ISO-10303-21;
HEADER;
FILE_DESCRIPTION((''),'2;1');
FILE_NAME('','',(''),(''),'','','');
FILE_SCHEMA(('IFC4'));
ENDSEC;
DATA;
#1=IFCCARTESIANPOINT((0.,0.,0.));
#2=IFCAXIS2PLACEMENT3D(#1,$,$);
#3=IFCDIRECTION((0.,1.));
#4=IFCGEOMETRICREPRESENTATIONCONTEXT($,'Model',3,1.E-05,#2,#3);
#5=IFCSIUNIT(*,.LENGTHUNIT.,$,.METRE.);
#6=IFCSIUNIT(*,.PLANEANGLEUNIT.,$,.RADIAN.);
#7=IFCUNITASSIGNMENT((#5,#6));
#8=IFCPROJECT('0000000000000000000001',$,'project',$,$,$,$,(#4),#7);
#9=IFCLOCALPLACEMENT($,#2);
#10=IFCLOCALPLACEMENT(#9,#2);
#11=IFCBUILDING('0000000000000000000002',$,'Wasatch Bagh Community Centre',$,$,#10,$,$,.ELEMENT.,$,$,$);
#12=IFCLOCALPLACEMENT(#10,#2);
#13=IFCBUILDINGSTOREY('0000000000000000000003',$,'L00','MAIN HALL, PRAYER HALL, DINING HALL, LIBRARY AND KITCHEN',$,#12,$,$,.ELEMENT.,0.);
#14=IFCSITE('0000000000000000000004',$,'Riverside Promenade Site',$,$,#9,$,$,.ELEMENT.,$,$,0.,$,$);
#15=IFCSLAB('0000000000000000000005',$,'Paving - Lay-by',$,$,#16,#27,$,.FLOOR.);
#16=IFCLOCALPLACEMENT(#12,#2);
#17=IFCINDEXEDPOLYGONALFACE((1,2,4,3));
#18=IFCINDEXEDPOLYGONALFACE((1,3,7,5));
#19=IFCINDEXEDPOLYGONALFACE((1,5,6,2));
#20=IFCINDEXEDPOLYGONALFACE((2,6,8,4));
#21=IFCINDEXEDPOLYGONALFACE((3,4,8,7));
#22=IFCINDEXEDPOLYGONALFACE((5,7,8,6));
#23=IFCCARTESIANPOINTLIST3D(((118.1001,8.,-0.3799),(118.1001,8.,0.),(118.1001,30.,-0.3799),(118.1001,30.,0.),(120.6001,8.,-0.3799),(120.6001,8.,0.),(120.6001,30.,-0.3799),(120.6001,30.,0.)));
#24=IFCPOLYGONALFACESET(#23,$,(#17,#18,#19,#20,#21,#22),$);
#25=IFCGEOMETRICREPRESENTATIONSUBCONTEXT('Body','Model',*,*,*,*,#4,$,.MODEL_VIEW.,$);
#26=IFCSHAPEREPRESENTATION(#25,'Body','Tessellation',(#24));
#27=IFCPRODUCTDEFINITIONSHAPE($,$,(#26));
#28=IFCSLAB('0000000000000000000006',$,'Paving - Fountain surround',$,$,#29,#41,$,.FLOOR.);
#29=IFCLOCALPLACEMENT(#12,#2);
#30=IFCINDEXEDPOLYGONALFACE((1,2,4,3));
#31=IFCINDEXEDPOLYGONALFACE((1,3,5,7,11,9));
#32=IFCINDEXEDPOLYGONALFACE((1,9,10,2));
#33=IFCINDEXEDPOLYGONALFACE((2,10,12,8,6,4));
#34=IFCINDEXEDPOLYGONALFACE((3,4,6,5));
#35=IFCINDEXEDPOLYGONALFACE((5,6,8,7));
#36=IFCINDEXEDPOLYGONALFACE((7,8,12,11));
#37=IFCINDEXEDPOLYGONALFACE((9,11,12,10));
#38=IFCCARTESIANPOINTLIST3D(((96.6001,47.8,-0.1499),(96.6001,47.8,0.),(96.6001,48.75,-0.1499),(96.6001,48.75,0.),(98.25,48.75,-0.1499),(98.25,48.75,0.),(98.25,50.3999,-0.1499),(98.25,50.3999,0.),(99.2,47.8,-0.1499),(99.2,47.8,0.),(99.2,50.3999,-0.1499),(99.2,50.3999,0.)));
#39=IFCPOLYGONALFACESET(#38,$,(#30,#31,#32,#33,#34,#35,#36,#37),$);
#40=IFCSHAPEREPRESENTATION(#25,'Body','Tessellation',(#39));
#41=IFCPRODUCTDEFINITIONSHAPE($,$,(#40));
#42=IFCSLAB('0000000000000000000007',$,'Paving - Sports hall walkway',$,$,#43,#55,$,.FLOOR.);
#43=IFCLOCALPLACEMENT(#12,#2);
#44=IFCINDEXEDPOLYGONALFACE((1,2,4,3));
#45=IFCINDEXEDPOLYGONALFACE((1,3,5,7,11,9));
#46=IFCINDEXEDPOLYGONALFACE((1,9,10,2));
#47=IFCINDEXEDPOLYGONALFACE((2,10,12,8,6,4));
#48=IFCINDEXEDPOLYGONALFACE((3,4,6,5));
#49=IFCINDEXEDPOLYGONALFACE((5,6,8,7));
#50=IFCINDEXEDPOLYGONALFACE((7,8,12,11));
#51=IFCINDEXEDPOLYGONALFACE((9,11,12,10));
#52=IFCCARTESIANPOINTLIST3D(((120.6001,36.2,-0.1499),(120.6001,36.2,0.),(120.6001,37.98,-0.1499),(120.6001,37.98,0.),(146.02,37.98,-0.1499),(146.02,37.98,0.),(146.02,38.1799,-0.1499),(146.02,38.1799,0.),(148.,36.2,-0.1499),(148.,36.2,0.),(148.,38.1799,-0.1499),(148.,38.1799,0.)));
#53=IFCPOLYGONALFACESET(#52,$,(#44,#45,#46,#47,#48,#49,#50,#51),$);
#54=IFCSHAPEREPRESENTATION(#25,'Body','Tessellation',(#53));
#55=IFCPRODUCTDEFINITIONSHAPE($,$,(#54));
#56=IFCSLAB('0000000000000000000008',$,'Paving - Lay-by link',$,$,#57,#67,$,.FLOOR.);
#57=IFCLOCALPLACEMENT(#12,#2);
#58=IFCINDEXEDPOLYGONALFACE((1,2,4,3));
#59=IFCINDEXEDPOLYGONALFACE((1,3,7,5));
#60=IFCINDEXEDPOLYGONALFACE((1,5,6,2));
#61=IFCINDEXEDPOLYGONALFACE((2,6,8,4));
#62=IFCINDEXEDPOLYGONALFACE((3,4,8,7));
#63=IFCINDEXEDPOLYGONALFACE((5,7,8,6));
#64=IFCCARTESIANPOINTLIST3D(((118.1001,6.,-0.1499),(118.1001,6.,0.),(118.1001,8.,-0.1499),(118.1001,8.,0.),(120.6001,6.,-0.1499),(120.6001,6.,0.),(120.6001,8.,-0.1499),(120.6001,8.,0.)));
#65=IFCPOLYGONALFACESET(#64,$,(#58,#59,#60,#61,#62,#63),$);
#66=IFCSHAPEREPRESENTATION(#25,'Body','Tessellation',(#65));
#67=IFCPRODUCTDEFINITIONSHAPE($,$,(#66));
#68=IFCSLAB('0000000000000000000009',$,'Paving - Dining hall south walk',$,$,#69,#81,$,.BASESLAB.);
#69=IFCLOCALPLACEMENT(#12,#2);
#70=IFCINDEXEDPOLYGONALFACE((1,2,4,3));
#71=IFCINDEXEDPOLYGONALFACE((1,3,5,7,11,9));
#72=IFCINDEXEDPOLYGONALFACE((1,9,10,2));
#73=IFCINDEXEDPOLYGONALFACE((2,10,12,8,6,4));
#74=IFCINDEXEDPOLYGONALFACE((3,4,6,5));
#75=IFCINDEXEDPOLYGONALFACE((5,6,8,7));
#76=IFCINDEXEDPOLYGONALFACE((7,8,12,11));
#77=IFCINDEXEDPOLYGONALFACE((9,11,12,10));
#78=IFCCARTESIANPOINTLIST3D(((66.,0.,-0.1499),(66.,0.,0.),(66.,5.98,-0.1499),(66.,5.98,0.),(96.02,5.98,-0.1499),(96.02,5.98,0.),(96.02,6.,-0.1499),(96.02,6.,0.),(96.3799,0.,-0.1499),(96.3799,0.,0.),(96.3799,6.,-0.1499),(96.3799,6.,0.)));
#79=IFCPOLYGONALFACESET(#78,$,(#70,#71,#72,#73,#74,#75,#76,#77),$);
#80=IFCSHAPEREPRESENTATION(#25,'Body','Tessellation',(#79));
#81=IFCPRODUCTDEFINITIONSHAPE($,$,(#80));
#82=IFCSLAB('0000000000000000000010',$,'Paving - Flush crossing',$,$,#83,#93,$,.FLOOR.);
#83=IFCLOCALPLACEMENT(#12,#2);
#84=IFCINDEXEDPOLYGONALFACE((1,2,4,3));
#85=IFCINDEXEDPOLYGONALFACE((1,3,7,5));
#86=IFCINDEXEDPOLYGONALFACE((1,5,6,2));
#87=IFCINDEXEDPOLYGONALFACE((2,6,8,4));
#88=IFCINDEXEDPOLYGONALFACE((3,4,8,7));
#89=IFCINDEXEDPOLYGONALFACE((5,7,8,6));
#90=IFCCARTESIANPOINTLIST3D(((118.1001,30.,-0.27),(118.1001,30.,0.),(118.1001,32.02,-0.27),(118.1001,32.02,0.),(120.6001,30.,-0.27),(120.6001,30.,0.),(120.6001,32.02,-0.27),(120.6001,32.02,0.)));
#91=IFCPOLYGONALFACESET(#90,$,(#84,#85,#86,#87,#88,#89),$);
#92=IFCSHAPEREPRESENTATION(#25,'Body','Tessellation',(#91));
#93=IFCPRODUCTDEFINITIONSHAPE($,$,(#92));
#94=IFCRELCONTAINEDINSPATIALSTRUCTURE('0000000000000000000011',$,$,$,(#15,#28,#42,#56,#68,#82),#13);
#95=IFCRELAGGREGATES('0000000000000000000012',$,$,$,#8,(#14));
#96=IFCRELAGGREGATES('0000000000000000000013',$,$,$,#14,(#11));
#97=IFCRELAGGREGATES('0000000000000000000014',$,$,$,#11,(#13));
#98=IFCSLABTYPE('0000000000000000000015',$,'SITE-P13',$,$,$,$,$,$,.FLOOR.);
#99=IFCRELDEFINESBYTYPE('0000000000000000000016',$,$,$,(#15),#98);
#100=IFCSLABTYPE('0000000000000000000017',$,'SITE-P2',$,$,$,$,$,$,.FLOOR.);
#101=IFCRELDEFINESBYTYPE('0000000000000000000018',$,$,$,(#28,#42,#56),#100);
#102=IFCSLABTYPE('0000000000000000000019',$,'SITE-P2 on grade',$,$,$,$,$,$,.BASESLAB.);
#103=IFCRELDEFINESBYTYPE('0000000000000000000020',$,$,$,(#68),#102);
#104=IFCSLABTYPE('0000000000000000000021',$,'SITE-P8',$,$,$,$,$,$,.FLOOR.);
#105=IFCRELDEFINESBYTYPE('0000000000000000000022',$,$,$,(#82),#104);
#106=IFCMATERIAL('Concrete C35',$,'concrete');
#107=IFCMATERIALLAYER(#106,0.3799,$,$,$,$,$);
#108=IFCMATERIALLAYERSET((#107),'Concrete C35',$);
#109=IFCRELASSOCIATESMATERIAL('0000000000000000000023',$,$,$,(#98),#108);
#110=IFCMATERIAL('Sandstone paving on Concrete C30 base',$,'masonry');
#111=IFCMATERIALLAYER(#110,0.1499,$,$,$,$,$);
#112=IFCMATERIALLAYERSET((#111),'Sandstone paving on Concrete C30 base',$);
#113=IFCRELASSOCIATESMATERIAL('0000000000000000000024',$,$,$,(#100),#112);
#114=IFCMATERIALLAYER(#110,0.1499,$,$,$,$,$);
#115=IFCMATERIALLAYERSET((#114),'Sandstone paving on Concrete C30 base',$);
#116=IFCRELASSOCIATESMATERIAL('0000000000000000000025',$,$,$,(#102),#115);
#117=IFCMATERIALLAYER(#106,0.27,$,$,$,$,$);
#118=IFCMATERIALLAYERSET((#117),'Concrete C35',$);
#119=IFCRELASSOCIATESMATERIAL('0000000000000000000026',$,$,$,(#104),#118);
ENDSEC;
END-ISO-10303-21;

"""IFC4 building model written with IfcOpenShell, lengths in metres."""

from ifc_helpers import new_model, si_unit, direction, frame, origin, place, context, subcontext, project, spatial, polyline, outline, extrude, material, layer, layer_set, type_object, element, save


model = new_model("IFC4")

# Units and contexts
model_context = context("Model", 3, precision=1e-05, world=origin(), true_north=direction((0.0, 1.0)))
body_context = subcontext(model_context, "Body", "Model", "MODEL_VIEW")
ifc_project = project(units=[si_unit("LENGTHUNIT", "METRE"), si_unit("PLANEANGLEUNIT", "RADIAN")], contexts=[model_context])

# Site, building, storey
site_placement = place(None, origin())
site = spatial("IfcSite", under=ifc_project, at=site_placement, Name="Riverside Promenade Site", CompositionType="ELEMENT", RefElevation=0.0)
building_placement = place(site_placement, origin())
building = spatial("IfcBuilding", under=site, at=building_placement, Name="Wasatch Bagh Community Centre", CompositionType="ELEMENT")
storey_placement = place(building_placement, origin())
storey = spatial("IfcBuildingStorey", under=building, at=storey_placement, Name="L00", Description="MAIN HALL, PRAYER HALL, DINING HALL, LIBRARY AND KITCHEN", CompositionType="ELEMENT", Elevation=0.0)

# Slabs
ifc_material_1 = material(Name="Concrete C35", Category="concrete")
ifc_layer_1 = layer(ifc_material_1, 0.3799)
ifc_layer_set_1 = layer_set([ifc_layer_1], Name="Concrete C35")
slab_type_1 = type_object("IfcSlabType", Name="SITE-P13", PredefinedType="FLOOR", material=ifc_layer_set_1)
slab_1_placement = place(storey_placement, frame((0.0, 0.0, -0.3799)))
element("IfcSlab", 1, at=slab_1_placement, inside=storey, type_object=slab_type_1, Name="Paving - Lay-by", PredefinedType="FLOOR", context=body_context, shape_type="SweptSolid", body=[
    extrude(outline(polyline([(118.1001, 30.0), (120.6001, 30.0), (120.6001, 8.0), (118.1001, 8.0), (118.1001, 30.0)])), origin(), (0.0, 0.0, 1.0), 0.3799),
])
ifc_material_2 = material(Name="Sandstone paving on Concrete C30 base", Category="masonry")
ifc_layer_2 = layer(ifc_material_2, 0.1499)
ifc_layer_set_2 = layer_set([ifc_layer_2], Name="Sandstone paving on Concrete C30 base")
slab_type_2 = type_object("IfcSlabType", Name="SITE-P2", PredefinedType="FLOOR", material=ifc_layer_set_2)
slab_2_placement = place(storey_placement, frame((0.0, 0.0, -0.1499)))
element("IfcSlab", 2, at=slab_2_placement, inside=storey, type_object=slab_type_2, Name="Paving - Fountain surround", PredefinedType="FLOOR", context=body_context, shape_type="SweptSolid", body=[
    extrude(outline(polyline([(99.2, 47.8), (96.6001, 47.8), (96.6001, 48.75), (98.25, 48.75), (98.25, 50.3999), (99.2, 50.3999), (99.2, 47.8)])), origin(), (0.0, 0.0, 1.0), 0.1499),
])
slab_3_placement = place(storey_placement, frame((0.0, 0.0, -0.1499)))
element("IfcSlab", 3, at=slab_3_placement, inside=storey, type_object=slab_type_2, Name="Paving - Sports hall walkway", PredefinedType="FLOOR", context=body_context, shape_type="SweptSolid", body=[
    extrude(outline(polyline([(148.0, 36.2), (120.6001, 36.2), (120.6001, 37.98), (146.02, 37.98), (146.02, 38.1799), (148.0, 38.1799), (148.0, 36.2)])), origin(), (0.0, 0.0, 1.0), 0.1499),
])
slab_4_placement = place(storey_placement, frame((0.0, 0.0, -0.1499)))
element("IfcSlab", 4, at=slab_4_placement, inside=storey, type_object=slab_type_2, Name="Paving - Lay-by link", PredefinedType="FLOOR", context=body_context, shape_type="SweptSolid", body=[
    extrude(outline(polyline([(118.1001, 8.0), (120.6001, 8.0), (120.6001, 6.0), (118.1001, 6.0), (118.1001, 8.0)])), origin(), (0.0, 0.0, 1.0), 0.1499),
])
ifc_layer_3 = layer(ifc_material_2, 0.1499)
ifc_layer_set_3 = layer_set([ifc_layer_3], Name="Sandstone paving on Concrete C30 base")
slab_type_3 = type_object("IfcSlabType", Name="SITE-P2 on grade", PredefinedType="BASESLAB", material=ifc_layer_set_3)
slab_5_placement = place(storey_placement, frame((0.0, 0.0, -0.1499)))
element("IfcSlab", 5, at=slab_5_placement, inside=storey, type_object=slab_type_3, Name="Paving - Dining hall south walk", PredefinedType="BASESLAB", context=body_context, shape_type="SweptSolid", body=[
    extrude(outline(polyline([(66.0, 0.0), (66.0, 5.98), (96.02, 5.98), (96.02, 6.0), (96.3799, 6.0), (96.3799, 0.0), (66.0, 0.0)])), origin(), (0.0, 0.0, 1.0), 0.1499),
])
ifc_layer_4 = layer(ifc_material_1, 0.27)
ifc_layer_set_4 = layer_set([ifc_layer_4], Name="Concrete C35")
slab_type_4 = type_object("IfcSlabType", Name="SITE-P8", PredefinedType="FLOOR", material=ifc_layer_set_4)
slab_6_placement = place(storey_placement, frame((0.0, 0.0, -0.27)))
element("IfcSlab", 6, at=slab_6_placement, inside=storey, type_object=slab_type_4, Name="Paving - Flush crossing", PredefinedType="FLOOR", context=body_context, shape_type="SweptSolid", body=[
    extrude(outline(polyline([(118.1001, 32.02), (120.6001, 32.02), (120.6001, 30.0), (118.1001, 30.0), (118.1001, 32.02)])), origin(), (0.0, 0.0, 1.0), 0.27),
])

save(model, "model.ifc")
